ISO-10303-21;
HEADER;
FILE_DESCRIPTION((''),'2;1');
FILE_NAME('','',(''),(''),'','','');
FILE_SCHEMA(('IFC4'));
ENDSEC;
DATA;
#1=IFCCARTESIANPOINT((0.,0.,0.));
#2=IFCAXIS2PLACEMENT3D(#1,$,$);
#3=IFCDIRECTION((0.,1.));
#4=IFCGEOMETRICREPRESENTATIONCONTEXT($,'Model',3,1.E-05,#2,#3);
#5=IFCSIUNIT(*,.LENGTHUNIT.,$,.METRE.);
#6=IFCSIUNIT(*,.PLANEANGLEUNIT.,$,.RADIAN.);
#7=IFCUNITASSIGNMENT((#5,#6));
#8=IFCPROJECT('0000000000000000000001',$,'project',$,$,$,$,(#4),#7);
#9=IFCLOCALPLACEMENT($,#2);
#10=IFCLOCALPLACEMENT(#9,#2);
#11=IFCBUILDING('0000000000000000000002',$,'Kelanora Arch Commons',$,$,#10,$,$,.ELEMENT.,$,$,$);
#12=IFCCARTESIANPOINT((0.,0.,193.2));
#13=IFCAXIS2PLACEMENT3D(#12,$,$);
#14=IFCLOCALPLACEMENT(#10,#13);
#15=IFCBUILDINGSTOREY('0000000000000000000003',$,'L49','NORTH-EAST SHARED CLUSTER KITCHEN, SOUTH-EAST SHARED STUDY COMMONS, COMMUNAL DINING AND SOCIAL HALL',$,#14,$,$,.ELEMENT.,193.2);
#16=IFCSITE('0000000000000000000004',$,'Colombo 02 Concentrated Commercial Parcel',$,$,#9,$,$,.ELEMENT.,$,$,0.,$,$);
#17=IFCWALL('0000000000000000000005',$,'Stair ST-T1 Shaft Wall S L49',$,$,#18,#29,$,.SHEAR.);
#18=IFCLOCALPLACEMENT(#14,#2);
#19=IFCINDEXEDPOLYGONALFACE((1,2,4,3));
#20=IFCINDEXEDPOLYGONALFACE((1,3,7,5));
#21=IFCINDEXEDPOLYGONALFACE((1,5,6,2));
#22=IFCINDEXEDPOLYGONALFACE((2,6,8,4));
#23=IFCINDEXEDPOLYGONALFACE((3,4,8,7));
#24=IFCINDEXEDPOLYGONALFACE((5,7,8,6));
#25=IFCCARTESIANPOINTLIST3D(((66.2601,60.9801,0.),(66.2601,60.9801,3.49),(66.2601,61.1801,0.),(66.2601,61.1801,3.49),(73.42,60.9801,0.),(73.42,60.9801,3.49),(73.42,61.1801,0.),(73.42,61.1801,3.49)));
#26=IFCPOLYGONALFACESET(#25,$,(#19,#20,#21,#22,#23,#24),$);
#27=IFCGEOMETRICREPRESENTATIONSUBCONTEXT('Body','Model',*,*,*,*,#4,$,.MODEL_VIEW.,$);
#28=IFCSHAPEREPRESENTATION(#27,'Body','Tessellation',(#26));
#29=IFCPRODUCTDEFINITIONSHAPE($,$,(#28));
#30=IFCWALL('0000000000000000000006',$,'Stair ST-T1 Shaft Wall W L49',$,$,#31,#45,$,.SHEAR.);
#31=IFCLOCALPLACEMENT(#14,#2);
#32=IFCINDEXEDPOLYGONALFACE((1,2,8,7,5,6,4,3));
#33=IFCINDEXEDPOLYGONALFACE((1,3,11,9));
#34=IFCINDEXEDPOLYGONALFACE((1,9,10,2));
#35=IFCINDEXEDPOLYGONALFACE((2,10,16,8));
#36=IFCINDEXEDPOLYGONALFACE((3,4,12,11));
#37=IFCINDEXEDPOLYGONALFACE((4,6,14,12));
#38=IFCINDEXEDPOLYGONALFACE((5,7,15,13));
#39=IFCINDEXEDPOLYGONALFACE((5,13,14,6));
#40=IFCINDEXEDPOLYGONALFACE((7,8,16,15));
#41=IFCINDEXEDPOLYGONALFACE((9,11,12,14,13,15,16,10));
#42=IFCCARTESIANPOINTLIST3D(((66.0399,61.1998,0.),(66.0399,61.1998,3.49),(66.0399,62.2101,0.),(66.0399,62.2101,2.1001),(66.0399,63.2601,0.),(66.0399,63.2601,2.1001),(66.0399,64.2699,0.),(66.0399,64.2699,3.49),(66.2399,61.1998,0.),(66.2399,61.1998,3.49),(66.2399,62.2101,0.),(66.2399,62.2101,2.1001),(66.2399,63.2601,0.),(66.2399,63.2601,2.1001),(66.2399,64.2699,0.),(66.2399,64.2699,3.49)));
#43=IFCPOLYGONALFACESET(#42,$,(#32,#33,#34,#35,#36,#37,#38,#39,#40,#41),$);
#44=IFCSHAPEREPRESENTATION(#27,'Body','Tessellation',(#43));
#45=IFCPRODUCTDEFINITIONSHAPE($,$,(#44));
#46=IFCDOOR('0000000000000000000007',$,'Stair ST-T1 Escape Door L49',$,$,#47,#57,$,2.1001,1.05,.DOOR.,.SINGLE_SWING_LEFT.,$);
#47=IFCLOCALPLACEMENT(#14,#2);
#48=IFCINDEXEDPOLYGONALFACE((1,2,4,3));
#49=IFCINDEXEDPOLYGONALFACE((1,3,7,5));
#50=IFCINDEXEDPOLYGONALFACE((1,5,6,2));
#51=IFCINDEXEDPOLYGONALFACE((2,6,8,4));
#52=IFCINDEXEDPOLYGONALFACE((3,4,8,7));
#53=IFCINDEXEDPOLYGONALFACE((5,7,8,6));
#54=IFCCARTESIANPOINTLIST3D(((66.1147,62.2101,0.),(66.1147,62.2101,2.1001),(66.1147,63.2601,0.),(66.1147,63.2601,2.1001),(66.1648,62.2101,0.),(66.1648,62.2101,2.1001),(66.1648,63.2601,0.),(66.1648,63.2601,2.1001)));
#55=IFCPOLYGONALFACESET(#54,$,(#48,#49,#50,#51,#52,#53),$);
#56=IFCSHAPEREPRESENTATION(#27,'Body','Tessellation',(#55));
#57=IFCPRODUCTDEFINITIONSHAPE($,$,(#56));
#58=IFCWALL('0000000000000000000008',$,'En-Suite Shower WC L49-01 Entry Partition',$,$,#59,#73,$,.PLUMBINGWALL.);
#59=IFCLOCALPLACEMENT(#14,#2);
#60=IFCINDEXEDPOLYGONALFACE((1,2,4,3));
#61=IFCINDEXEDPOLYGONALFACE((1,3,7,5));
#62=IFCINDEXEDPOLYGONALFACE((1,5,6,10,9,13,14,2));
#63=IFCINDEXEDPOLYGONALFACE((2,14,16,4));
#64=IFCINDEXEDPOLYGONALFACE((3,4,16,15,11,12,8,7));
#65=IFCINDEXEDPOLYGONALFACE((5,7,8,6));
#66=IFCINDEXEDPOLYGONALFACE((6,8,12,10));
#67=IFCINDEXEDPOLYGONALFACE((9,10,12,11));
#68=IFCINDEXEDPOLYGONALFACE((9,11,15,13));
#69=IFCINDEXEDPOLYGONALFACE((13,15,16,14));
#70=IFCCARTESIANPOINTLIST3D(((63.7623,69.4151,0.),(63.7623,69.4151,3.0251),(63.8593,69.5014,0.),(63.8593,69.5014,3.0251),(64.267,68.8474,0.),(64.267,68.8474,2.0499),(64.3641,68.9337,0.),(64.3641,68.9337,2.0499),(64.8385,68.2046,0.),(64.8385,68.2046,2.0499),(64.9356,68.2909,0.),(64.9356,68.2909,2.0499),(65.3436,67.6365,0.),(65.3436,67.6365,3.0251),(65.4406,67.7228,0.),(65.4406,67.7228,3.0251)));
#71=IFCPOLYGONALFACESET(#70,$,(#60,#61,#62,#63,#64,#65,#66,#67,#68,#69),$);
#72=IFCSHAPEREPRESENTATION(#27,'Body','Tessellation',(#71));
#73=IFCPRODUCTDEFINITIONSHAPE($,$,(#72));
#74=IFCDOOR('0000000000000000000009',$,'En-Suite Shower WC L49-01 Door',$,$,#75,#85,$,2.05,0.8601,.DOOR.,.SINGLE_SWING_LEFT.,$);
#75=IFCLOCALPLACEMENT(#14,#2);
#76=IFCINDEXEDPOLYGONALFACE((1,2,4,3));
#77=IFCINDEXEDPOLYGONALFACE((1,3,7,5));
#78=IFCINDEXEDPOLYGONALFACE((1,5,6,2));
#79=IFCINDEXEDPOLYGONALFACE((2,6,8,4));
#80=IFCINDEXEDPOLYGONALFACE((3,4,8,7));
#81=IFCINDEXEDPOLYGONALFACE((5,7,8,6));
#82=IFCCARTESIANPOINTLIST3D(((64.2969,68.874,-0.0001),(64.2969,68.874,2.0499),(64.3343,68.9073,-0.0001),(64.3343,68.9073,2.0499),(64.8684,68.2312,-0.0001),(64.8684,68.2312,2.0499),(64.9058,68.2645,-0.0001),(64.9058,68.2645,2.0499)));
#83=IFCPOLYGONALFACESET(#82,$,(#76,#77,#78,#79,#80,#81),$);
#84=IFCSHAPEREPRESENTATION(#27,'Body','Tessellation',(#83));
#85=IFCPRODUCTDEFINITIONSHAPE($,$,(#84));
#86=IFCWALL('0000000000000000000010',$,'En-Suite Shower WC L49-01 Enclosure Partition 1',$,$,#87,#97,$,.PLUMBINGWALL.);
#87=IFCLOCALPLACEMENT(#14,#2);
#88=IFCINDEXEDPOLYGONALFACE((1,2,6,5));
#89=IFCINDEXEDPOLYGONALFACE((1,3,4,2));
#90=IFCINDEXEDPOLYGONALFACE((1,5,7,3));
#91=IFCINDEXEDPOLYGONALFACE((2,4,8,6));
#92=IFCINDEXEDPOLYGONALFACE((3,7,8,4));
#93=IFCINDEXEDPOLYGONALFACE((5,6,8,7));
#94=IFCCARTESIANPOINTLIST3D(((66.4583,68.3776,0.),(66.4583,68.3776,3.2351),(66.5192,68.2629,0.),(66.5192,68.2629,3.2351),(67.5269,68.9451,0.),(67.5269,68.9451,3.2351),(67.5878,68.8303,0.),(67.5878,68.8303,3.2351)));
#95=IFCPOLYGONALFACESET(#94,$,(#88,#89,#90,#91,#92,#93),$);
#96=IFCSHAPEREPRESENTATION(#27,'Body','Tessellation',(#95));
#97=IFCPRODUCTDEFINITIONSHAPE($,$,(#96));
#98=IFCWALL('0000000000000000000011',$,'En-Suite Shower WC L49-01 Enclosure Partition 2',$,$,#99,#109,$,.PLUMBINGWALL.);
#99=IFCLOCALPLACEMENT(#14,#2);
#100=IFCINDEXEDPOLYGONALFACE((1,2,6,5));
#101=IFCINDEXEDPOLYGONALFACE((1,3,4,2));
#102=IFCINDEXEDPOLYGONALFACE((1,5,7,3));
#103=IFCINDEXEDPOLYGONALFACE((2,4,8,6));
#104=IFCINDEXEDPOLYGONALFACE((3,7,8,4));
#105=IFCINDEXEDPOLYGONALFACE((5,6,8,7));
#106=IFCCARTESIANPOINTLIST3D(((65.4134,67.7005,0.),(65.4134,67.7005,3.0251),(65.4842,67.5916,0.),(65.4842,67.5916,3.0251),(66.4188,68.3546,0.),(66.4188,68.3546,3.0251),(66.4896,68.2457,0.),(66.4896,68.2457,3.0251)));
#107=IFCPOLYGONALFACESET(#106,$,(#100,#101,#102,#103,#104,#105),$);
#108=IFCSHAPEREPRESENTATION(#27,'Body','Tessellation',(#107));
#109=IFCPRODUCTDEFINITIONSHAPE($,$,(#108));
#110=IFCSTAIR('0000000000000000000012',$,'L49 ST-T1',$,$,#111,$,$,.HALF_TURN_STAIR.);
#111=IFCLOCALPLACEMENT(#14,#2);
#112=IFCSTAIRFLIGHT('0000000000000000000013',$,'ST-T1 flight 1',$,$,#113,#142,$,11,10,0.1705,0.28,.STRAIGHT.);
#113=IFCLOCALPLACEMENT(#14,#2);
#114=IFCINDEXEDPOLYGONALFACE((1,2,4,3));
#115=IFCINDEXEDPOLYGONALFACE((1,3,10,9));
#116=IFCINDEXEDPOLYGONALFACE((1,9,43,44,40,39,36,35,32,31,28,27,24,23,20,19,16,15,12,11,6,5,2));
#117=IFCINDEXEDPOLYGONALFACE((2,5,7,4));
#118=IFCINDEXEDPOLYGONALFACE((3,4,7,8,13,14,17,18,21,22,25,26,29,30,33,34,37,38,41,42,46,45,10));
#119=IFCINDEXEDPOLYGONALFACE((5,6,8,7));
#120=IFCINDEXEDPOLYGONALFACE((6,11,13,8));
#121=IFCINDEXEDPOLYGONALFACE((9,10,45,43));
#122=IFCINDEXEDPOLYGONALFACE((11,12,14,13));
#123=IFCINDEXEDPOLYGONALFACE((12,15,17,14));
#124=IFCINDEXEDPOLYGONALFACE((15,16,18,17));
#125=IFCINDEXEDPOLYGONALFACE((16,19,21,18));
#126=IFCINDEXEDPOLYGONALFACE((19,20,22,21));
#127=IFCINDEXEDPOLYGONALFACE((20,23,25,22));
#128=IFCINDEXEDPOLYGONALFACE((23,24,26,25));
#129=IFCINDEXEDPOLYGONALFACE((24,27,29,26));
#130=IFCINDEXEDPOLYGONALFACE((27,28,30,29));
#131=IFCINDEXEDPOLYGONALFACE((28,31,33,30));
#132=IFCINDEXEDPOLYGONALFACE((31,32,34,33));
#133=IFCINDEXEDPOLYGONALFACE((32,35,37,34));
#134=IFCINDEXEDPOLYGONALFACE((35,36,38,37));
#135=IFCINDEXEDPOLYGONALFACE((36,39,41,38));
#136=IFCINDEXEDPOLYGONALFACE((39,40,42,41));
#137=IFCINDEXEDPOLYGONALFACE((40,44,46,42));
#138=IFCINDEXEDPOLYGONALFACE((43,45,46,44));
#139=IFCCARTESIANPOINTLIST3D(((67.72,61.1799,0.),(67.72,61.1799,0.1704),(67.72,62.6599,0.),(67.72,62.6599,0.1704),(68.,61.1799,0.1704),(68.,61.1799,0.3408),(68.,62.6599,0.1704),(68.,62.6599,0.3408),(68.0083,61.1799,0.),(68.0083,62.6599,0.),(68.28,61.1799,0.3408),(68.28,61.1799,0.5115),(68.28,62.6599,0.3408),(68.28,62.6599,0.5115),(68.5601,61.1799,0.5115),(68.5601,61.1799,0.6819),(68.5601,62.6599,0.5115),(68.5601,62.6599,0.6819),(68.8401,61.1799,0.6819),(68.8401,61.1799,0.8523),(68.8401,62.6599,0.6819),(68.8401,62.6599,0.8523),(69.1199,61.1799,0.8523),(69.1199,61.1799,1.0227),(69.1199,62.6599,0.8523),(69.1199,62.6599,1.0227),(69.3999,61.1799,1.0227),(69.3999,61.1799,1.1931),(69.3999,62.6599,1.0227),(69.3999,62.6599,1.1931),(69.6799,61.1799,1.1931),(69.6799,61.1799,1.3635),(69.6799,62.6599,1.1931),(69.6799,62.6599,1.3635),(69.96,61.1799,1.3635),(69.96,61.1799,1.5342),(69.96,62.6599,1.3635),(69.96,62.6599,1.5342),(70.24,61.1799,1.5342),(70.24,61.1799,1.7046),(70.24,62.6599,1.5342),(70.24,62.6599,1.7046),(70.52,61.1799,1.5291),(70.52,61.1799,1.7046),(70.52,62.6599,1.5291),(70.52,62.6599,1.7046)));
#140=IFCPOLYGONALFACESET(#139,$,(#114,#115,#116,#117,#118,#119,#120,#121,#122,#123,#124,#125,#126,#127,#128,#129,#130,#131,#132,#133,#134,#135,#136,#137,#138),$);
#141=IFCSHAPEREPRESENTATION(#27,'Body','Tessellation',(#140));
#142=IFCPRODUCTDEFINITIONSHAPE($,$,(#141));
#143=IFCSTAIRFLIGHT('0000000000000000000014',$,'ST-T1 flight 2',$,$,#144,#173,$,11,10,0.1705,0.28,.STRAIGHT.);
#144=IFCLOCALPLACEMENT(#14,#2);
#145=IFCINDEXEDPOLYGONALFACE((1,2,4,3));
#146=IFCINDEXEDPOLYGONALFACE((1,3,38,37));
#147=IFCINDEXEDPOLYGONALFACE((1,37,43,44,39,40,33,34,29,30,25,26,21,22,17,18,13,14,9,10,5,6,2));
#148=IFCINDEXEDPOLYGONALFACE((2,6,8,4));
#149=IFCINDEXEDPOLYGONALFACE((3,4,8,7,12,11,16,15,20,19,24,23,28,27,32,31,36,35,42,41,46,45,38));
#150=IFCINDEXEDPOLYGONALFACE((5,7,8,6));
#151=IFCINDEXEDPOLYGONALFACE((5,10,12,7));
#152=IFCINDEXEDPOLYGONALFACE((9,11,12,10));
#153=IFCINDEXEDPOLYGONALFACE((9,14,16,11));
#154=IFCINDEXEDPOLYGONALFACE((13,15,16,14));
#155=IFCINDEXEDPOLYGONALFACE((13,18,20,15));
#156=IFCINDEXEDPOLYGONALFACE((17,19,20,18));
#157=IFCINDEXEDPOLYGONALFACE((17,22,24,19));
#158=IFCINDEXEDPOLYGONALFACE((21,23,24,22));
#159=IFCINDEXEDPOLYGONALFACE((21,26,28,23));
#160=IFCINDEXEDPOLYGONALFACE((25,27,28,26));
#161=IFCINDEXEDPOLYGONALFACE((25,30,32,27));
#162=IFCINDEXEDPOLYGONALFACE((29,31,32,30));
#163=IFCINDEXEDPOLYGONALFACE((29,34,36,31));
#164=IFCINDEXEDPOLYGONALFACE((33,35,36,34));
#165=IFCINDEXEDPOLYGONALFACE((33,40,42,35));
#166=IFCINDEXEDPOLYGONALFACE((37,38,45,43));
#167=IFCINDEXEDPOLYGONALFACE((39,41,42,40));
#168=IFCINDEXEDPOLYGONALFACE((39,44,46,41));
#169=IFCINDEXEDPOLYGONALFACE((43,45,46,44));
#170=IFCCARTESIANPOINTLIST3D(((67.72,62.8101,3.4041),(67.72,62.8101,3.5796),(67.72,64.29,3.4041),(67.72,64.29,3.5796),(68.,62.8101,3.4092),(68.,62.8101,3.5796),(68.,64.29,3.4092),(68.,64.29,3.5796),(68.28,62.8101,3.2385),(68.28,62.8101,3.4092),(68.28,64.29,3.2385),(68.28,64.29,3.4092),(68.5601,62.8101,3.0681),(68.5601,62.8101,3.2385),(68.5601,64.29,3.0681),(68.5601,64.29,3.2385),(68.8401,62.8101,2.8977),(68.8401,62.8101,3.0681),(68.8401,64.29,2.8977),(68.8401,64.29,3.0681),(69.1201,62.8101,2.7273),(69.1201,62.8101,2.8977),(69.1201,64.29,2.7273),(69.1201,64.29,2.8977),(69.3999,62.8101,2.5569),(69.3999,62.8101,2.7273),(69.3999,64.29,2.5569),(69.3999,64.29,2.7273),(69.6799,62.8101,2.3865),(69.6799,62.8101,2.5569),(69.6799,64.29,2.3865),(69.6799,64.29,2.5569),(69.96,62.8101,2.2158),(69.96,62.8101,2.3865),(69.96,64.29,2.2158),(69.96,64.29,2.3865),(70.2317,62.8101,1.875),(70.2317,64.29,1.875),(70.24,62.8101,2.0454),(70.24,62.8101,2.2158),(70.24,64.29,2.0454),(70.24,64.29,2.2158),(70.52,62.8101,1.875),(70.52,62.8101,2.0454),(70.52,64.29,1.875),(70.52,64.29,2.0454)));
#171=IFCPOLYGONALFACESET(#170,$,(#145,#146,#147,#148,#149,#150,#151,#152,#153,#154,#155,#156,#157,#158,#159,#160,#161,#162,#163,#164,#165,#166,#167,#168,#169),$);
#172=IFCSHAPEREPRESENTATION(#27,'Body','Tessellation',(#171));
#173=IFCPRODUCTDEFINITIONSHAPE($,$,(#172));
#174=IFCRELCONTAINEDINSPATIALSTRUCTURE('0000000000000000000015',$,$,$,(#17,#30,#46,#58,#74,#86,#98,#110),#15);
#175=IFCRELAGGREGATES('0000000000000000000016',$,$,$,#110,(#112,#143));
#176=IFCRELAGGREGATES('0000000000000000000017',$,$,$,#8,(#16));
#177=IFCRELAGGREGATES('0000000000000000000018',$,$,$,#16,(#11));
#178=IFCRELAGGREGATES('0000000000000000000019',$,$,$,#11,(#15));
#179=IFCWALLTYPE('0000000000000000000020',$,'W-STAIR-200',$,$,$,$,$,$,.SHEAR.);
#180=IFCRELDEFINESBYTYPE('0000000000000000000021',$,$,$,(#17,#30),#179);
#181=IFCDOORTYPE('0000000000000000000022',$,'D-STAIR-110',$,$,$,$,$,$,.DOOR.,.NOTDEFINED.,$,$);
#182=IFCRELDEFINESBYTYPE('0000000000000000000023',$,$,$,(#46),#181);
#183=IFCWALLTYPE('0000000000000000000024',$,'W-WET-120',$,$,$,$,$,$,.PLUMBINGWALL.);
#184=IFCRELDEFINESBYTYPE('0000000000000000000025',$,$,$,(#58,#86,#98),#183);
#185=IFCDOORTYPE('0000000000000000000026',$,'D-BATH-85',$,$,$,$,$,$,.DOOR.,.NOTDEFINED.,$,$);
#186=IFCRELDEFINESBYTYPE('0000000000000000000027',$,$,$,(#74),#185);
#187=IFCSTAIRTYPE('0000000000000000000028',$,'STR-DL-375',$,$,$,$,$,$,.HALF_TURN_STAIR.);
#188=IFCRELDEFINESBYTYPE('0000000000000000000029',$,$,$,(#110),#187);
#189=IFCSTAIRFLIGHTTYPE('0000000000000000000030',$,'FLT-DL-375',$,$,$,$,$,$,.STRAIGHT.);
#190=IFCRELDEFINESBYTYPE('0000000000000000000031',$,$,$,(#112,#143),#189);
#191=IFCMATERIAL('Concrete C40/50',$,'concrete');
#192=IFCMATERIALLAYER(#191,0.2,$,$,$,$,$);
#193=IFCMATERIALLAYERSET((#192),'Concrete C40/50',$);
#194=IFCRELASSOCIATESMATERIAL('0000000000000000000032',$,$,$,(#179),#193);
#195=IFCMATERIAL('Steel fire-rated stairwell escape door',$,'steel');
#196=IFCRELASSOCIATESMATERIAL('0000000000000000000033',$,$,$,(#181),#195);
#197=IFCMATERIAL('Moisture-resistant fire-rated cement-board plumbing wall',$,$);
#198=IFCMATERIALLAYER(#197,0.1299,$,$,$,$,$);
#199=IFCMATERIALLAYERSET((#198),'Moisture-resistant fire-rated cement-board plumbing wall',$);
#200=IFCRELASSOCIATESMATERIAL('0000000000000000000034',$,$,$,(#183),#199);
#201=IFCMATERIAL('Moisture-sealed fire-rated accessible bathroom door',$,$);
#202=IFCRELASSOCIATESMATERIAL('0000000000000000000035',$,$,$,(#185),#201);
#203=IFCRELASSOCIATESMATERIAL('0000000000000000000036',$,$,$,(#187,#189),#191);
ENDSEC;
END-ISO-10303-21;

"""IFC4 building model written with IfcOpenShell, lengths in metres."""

from ifc_helpers import new_model, si_unit, direction, frame, frame_2d, origin, place, context, subcontext, project, spatial, polyline, rectangle, outline, extrude, material, layer, layer_set, type_object, element, fill, aggregate, save


model = new_model("IFC4")

# Units and contexts
model_context = context("Model", 3, precision=1e-05, world=origin(), true_north=direction((0.0, 1.0)))
body_context = subcontext(model_context, "Body", "Model", "MODEL_VIEW")
ifc_project = project(units=[si_unit("LENGTHUNIT", "METRE"), si_unit("PLANEANGLEUNIT", "RADIAN")], contexts=[model_context])

# Site, building, storey
site_placement = place(None, origin())
site = spatial("IfcSite", under=ifc_project, at=site_placement, Name="Colombo 02 Concentrated Commercial Parcel", CompositionType="ELEMENT", RefElevation=0.0)
building_placement = place(site_placement, origin())
building = spatial("IfcBuilding", under=site, at=building_placement, Name="Kelanora Arch Commons", CompositionType="ELEMENT")
storey_placement = place(building_placement, frame((0.0, 0.0, 193.2)))
storey = spatial("IfcBuildingStorey", under=building, at=storey_placement, Name="L49", Description="NORTH-EAST SHARED CLUSTER KITCHEN, SOUTH-EAST SHARED STUDY COMMONS, COMMUNAL DINING AND SOCIAL HALL", CompositionType="ELEMENT", Elevation=193.2)

# Wall
ifc_material_1 = material(Name="Concrete C40/50", Category="concrete")
ifc_layer_1 = layer(ifc_material_1, 0.2)
ifc_layer_set_1 = layer_set([ifc_layer_1], Name="Concrete C40/50")
wall_type_1 = type_object("IfcWallType", Name="W-STAIR-200", PredefinedType="SHEAR", material=ifc_layer_set_1)
wall_1_placement = place(storey_placement, frame((66.26, 61.0801, 0.0), z_axis=(0.0, 0.0, 1.0), x_axis=(1.0, 0.0, 0.0)))
element("IfcWall", 1, at=wall_1_placement, inside=storey, type_object=wall_type_1, Name="Stair ST-T1 Shaft Wall S L49", PredefinedType="SHEAR", context=body_context, shape_type="SweptSolid", body=[
    extrude(rectangle(XDim=7.1599, YDim=0.2, at=frame_2d((3.5801, 0.0))), origin(), (0.0, 0.0, 1.0), 3.49),
])

# Walls, openings, doors
wall_2_placement = place(storey_placement, frame((66.1399, 64.27, 0.0), z_axis=(0.0, 0.0, 1.0), x_axis=(0.0, -1.0, 0.0)))
wall_2 = element("IfcWall", 2, at=wall_2_placement, inside=storey, type_object=wall_type_1, Name="Stair ST-T1 Shaft Wall W L49", PredefinedType="SHEAR", context=body_context, shape_type="SweptSolid", body=[
    extrude(rectangle(XDim=3.0701, YDim=0.2, at=frame_2d((1.5352, 0.0))), origin(), (0.0, 0.0, 1.0), 3.49),
])
opening_1_placement = place(wall_2_placement, frame((1.01, 0.0, 0.0)))
opening_1 = element("IfcOpeningElement", 3, at=opening_1_placement, cuts=wall_2, PredefinedType="OPENING", context=body_context, shape_type="SweptSolid", body=[
    extrude(rectangle(XDim=1.05, YDim=2.1001, at=frame_2d((0.5249, 1.05))), frame((0.0, 0.1099, 0.0), z_axis=(0.0, -1.0, 0.0), x_axis=(1.0, 0.0, 0.0)), (0.0, 0.0, 1.0), 0.22),
])
ifc_material_2 = material(Name="Steel fire-rated stairwell escape door", Category="steel")
door_type_1 = type_object("IfcDoorType", Name="D-STAIR-110", OperationType="NOTDEFINED", PredefinedType="DOOR", material=ifc_material_2)
door_1_placement = place(opening_1_placement, origin())
door_1 = element("IfcDoor", 4, at=door_1_placement, inside=storey, type_object=door_type_1, Name="Stair ST-T1 Escape Door L49", OperationType="SINGLE_SWING_LEFT", OverallHeight=2.1001, OverallWidth=1.05, PredefinedType="DOOR", context=body_context, shape_type="SweptSolid", body=[
    extrude(rectangle(XDim=1.05, YDim=2.1001, at=frame_2d((0.5249, 1.05))), frame((0.0, 0.0249, 0.0), z_axis=(0.0, -1.0, 0.0), x_axis=(1.0, 0.0, 0.0)), (0.0, 0.0, 1.0), 0.05),
])
fill(opening_1, door_1)
ifc_material_3 = material(Name="Moisture-resistant fire-rated cement-board plumbing wall")
ifc_layer_2 = layer(ifc_material_3, 0.1299)
ifc_layer_set_2 = layer_set([ifc_layer_2], Name="Moisture-resistant fire-rated cement-board plumbing wall")
wall_type_2 = type_object("IfcWallType", Name="W-WET-120", PredefinedType="PLUMBINGWALL", material=ifc_layer_set_2)
wall_3_placement = place(storey_placement, frame((65.3921, 67.6797, 0.0), z_axis=(0.0, 0.0, 1.0), x_axis=(-0.664447, 0.747336, 0.0)))
wall_3 = element("IfcWall", 5, at=wall_3_placement, inside=storey, type_object=wall_type_2, Name="En-Suite Shower WC L49-01 Entry Partition", PredefinedType="PLUMBINGWALL", context=body_context, shape_type="SweptSolid", body=[
    extrude(rectangle(XDim=2.3799, YDim=0.1299, at=frame_2d((1.1899, 0.0))), origin(), (0.0, 0.0, 1.0), 3.0251),
])
opening_2_placement = place(wall_3_placement, frame((0.76, 0.0, 0.0)))
opening_2 = element("IfcOpeningElement", 6, at=opening_2_placement, cuts=wall_3, PredefinedType="OPENING", context=body_context, shape_type="SweptSolid", body=[
    extrude(rectangle(XDim=0.8601, YDim=2.05, at=frame_2d((0.4302, 1.0249))), frame((0.0, 0.075, 0.0), z_axis=(0.0, -1.0, 0.0), x_axis=(1.0, 0.0, 0.0)), (0.0, 0.0, 1.0), 0.1499),
])
ifc_material_4 = material(Name="Moisture-sealed fire-rated accessible bathroom door")
door_type_2 = type_object("IfcDoorType", Name="D-BATH-85", OperationType="NOTDEFINED", PredefinedType="DOOR", material=ifc_material_4)
door_2_placement = place(opening_2_placement, origin())
door_2 = element("IfcDoor", 7, at=door_2_placement, inside=storey, type_object=door_type_2, Name="En-Suite Shower WC L49-01 Door", OperationType="SINGLE_SWING_LEFT", OverallHeight=2.05, OverallWidth=0.8601, PredefinedType="DOOR", context=body_context, shape_type="SweptSolid", body=[
    extrude(rectangle(XDim=0.8601, YDim=2.05, at=frame_2d((0.4302, 1.0249))), frame((0.0, 0.0249, 0.0), z_axis=(0.0, -1.0, 0.0), x_axis=(1.0, 0.0, 0.0)), (0.0, 0.0, 1.0), 0.05),
])
fill(opening_2, door_2)

# Walls
wall_4_placement = place(storey_placement, frame((67.5574, 68.8877, 0.0), z_axis=(0.0, 0.0, 1.0), x_axis=(-0.883223, -0.468954, 0.0)))
element("IfcWall", 8, at=wall_4_placement, inside=storey, type_object=wall_type_2, Name="En-Suite Shower WC L49-01 Enclosure Partition 1", PredefinedType="PLUMBINGWALL", context=body_context, shape_type="SweptSolid", body=[
    extrude(rectangle(XDim=1.21, YDim=0.1299, at=frame_2d((0.605, 0.0))), origin(), (0.0, 0.0, 1.0), 3.2351),
])
wall_5_placement = place(storey_placement, frame((66.4541, 68.3, 0.0), z_axis=(0.0, 0.0, 1.0), x_axis=(-0.83823, -0.545317, 0.0)))
element("IfcWall", 9, at=wall_5_placement, inside=storey, type_object=wall_type_2, Name="En-Suite Shower WC L49-01 Enclosure Partition 2", PredefinedType="PLUMBINGWALL", context=body_context, shape_type="SweptSolid", body=[
    extrude(rectangle(XDim=1.1995, YDim=0.1299, at=frame_2d((0.5996, 0.0))), origin(), (0.0, 0.0, 1.0), 3.0251),
])

# Stair, stair flights
stair_type = type_object("IfcStairType", Name="STR-DL-375", PredefinedType="HALF_TURN_STAIR", material=ifc_material_1)
stair_placement = place(storey_placement, origin())
stair = element("IfcStair", 10, at=stair_placement, inside=storey, type_object=stair_type, Name="L49 ST-T1", PredefinedType="HALF_TURN_STAIR")
stair_flight_type = type_object("IfcStairFlightType", Name="FLT-DL-375", PredefinedType="STRAIGHT", material=ifc_material_1)
stair_flight_1_placement = place(storey_placement, frame((67.72, 61.9199, 0.0), z_axis=(0.0, 0.0, 1.0), x_axis=(1.0, 0.0, 0.0)))
stair_flight_1 = element("IfcStairFlight", 11, at=stair_flight_1_placement, type_object=stair_flight_type, Name="ST-T1 flight 1", NumberOfRisers=11, NumberOfTreads=10, PredefinedType="STRAIGHT", RiserHeight=0.1705, TreadLength=0.28, context=body_context, shape_type="SweptSolid", body=[
    extrude(outline(polyline([(0.0, 0.0), (0.0, 0.1704), (0.28, 0.1704), (0.28, 0.3408), (0.5601, 0.3408), (0.5601, 0.5115), (0.8401, 0.5115), (0.8401, 0.6819), (1.1201, 0.6819), (1.1201, 0.8523), (1.3999, 0.8523), (1.3999, 1.0227), (1.6799, 1.0227), (1.6799, 1.1931), (1.96, 1.1931), (1.96, 1.3635), (2.24, 1.3635), (2.24, 1.5342), (2.52, 1.5342), (2.52, 1.7046), (2.8, 1.7046), (2.8, 1.875), (2.8, 1.5291), (0.2883, 0.0), (0.0, 0.0)])), frame((0.0, 0.74, 0.0), z_axis=(0.0, -1.0, 0.0), x_axis=(1.0, 0.0, 0.0)), (0.0, 0.0, 1.0), 1.48),
])
stair_flight_2_placement = place(storey_placement, frame((70.52, 63.55, 1.875), z_axis=(0.0, 0.0, 1.0), x_axis=(-1.0, 0.0, 0.0)))
stair_flight_2 = element("IfcStairFlight", 12, at=stair_flight_2_placement, type_object=stair_flight_type, Name="ST-T1 flight 2", NumberOfRisers=11, NumberOfTreads=10, PredefinedType="STRAIGHT", RiserHeight=0.1705, TreadLength=0.28, context=body_context, shape_type="SweptSolid", body=[
    extrude(outline(polyline([(0.0, 0.0), (0.0, 0.1704), (0.28, 0.1704), (0.28, 0.3408), (0.5601, 0.3408), (0.5601, 0.5115), (0.8401, 0.5115), (0.8401, 0.6819), (1.1201, 0.6819), (1.1201, 0.8523), (1.3999, 0.8523), (1.3999, 1.0227), (1.6799, 1.0227), (1.6799, 1.1931), (1.96, 1.1931), (1.96, 1.3635), (2.24, 1.3635), (2.24, 1.5342), (2.52, 1.5342), (2.52, 1.7046), (2.8, 1.7046), (2.8, 1.875), (2.8, 1.5291), (0.2883, 0.0), (0.0, 0.0)])), frame((0.0, 0.74, 0.0), z_axis=(0.0, -1.0, 0.0), x_axis=(1.0, 0.0, 0.0)), (0.0, 0.0, 1.0), 1.48),
])
aggregate(stair, [stair_flight_1, stair_flight_2])

save(model, "model.ifc")
